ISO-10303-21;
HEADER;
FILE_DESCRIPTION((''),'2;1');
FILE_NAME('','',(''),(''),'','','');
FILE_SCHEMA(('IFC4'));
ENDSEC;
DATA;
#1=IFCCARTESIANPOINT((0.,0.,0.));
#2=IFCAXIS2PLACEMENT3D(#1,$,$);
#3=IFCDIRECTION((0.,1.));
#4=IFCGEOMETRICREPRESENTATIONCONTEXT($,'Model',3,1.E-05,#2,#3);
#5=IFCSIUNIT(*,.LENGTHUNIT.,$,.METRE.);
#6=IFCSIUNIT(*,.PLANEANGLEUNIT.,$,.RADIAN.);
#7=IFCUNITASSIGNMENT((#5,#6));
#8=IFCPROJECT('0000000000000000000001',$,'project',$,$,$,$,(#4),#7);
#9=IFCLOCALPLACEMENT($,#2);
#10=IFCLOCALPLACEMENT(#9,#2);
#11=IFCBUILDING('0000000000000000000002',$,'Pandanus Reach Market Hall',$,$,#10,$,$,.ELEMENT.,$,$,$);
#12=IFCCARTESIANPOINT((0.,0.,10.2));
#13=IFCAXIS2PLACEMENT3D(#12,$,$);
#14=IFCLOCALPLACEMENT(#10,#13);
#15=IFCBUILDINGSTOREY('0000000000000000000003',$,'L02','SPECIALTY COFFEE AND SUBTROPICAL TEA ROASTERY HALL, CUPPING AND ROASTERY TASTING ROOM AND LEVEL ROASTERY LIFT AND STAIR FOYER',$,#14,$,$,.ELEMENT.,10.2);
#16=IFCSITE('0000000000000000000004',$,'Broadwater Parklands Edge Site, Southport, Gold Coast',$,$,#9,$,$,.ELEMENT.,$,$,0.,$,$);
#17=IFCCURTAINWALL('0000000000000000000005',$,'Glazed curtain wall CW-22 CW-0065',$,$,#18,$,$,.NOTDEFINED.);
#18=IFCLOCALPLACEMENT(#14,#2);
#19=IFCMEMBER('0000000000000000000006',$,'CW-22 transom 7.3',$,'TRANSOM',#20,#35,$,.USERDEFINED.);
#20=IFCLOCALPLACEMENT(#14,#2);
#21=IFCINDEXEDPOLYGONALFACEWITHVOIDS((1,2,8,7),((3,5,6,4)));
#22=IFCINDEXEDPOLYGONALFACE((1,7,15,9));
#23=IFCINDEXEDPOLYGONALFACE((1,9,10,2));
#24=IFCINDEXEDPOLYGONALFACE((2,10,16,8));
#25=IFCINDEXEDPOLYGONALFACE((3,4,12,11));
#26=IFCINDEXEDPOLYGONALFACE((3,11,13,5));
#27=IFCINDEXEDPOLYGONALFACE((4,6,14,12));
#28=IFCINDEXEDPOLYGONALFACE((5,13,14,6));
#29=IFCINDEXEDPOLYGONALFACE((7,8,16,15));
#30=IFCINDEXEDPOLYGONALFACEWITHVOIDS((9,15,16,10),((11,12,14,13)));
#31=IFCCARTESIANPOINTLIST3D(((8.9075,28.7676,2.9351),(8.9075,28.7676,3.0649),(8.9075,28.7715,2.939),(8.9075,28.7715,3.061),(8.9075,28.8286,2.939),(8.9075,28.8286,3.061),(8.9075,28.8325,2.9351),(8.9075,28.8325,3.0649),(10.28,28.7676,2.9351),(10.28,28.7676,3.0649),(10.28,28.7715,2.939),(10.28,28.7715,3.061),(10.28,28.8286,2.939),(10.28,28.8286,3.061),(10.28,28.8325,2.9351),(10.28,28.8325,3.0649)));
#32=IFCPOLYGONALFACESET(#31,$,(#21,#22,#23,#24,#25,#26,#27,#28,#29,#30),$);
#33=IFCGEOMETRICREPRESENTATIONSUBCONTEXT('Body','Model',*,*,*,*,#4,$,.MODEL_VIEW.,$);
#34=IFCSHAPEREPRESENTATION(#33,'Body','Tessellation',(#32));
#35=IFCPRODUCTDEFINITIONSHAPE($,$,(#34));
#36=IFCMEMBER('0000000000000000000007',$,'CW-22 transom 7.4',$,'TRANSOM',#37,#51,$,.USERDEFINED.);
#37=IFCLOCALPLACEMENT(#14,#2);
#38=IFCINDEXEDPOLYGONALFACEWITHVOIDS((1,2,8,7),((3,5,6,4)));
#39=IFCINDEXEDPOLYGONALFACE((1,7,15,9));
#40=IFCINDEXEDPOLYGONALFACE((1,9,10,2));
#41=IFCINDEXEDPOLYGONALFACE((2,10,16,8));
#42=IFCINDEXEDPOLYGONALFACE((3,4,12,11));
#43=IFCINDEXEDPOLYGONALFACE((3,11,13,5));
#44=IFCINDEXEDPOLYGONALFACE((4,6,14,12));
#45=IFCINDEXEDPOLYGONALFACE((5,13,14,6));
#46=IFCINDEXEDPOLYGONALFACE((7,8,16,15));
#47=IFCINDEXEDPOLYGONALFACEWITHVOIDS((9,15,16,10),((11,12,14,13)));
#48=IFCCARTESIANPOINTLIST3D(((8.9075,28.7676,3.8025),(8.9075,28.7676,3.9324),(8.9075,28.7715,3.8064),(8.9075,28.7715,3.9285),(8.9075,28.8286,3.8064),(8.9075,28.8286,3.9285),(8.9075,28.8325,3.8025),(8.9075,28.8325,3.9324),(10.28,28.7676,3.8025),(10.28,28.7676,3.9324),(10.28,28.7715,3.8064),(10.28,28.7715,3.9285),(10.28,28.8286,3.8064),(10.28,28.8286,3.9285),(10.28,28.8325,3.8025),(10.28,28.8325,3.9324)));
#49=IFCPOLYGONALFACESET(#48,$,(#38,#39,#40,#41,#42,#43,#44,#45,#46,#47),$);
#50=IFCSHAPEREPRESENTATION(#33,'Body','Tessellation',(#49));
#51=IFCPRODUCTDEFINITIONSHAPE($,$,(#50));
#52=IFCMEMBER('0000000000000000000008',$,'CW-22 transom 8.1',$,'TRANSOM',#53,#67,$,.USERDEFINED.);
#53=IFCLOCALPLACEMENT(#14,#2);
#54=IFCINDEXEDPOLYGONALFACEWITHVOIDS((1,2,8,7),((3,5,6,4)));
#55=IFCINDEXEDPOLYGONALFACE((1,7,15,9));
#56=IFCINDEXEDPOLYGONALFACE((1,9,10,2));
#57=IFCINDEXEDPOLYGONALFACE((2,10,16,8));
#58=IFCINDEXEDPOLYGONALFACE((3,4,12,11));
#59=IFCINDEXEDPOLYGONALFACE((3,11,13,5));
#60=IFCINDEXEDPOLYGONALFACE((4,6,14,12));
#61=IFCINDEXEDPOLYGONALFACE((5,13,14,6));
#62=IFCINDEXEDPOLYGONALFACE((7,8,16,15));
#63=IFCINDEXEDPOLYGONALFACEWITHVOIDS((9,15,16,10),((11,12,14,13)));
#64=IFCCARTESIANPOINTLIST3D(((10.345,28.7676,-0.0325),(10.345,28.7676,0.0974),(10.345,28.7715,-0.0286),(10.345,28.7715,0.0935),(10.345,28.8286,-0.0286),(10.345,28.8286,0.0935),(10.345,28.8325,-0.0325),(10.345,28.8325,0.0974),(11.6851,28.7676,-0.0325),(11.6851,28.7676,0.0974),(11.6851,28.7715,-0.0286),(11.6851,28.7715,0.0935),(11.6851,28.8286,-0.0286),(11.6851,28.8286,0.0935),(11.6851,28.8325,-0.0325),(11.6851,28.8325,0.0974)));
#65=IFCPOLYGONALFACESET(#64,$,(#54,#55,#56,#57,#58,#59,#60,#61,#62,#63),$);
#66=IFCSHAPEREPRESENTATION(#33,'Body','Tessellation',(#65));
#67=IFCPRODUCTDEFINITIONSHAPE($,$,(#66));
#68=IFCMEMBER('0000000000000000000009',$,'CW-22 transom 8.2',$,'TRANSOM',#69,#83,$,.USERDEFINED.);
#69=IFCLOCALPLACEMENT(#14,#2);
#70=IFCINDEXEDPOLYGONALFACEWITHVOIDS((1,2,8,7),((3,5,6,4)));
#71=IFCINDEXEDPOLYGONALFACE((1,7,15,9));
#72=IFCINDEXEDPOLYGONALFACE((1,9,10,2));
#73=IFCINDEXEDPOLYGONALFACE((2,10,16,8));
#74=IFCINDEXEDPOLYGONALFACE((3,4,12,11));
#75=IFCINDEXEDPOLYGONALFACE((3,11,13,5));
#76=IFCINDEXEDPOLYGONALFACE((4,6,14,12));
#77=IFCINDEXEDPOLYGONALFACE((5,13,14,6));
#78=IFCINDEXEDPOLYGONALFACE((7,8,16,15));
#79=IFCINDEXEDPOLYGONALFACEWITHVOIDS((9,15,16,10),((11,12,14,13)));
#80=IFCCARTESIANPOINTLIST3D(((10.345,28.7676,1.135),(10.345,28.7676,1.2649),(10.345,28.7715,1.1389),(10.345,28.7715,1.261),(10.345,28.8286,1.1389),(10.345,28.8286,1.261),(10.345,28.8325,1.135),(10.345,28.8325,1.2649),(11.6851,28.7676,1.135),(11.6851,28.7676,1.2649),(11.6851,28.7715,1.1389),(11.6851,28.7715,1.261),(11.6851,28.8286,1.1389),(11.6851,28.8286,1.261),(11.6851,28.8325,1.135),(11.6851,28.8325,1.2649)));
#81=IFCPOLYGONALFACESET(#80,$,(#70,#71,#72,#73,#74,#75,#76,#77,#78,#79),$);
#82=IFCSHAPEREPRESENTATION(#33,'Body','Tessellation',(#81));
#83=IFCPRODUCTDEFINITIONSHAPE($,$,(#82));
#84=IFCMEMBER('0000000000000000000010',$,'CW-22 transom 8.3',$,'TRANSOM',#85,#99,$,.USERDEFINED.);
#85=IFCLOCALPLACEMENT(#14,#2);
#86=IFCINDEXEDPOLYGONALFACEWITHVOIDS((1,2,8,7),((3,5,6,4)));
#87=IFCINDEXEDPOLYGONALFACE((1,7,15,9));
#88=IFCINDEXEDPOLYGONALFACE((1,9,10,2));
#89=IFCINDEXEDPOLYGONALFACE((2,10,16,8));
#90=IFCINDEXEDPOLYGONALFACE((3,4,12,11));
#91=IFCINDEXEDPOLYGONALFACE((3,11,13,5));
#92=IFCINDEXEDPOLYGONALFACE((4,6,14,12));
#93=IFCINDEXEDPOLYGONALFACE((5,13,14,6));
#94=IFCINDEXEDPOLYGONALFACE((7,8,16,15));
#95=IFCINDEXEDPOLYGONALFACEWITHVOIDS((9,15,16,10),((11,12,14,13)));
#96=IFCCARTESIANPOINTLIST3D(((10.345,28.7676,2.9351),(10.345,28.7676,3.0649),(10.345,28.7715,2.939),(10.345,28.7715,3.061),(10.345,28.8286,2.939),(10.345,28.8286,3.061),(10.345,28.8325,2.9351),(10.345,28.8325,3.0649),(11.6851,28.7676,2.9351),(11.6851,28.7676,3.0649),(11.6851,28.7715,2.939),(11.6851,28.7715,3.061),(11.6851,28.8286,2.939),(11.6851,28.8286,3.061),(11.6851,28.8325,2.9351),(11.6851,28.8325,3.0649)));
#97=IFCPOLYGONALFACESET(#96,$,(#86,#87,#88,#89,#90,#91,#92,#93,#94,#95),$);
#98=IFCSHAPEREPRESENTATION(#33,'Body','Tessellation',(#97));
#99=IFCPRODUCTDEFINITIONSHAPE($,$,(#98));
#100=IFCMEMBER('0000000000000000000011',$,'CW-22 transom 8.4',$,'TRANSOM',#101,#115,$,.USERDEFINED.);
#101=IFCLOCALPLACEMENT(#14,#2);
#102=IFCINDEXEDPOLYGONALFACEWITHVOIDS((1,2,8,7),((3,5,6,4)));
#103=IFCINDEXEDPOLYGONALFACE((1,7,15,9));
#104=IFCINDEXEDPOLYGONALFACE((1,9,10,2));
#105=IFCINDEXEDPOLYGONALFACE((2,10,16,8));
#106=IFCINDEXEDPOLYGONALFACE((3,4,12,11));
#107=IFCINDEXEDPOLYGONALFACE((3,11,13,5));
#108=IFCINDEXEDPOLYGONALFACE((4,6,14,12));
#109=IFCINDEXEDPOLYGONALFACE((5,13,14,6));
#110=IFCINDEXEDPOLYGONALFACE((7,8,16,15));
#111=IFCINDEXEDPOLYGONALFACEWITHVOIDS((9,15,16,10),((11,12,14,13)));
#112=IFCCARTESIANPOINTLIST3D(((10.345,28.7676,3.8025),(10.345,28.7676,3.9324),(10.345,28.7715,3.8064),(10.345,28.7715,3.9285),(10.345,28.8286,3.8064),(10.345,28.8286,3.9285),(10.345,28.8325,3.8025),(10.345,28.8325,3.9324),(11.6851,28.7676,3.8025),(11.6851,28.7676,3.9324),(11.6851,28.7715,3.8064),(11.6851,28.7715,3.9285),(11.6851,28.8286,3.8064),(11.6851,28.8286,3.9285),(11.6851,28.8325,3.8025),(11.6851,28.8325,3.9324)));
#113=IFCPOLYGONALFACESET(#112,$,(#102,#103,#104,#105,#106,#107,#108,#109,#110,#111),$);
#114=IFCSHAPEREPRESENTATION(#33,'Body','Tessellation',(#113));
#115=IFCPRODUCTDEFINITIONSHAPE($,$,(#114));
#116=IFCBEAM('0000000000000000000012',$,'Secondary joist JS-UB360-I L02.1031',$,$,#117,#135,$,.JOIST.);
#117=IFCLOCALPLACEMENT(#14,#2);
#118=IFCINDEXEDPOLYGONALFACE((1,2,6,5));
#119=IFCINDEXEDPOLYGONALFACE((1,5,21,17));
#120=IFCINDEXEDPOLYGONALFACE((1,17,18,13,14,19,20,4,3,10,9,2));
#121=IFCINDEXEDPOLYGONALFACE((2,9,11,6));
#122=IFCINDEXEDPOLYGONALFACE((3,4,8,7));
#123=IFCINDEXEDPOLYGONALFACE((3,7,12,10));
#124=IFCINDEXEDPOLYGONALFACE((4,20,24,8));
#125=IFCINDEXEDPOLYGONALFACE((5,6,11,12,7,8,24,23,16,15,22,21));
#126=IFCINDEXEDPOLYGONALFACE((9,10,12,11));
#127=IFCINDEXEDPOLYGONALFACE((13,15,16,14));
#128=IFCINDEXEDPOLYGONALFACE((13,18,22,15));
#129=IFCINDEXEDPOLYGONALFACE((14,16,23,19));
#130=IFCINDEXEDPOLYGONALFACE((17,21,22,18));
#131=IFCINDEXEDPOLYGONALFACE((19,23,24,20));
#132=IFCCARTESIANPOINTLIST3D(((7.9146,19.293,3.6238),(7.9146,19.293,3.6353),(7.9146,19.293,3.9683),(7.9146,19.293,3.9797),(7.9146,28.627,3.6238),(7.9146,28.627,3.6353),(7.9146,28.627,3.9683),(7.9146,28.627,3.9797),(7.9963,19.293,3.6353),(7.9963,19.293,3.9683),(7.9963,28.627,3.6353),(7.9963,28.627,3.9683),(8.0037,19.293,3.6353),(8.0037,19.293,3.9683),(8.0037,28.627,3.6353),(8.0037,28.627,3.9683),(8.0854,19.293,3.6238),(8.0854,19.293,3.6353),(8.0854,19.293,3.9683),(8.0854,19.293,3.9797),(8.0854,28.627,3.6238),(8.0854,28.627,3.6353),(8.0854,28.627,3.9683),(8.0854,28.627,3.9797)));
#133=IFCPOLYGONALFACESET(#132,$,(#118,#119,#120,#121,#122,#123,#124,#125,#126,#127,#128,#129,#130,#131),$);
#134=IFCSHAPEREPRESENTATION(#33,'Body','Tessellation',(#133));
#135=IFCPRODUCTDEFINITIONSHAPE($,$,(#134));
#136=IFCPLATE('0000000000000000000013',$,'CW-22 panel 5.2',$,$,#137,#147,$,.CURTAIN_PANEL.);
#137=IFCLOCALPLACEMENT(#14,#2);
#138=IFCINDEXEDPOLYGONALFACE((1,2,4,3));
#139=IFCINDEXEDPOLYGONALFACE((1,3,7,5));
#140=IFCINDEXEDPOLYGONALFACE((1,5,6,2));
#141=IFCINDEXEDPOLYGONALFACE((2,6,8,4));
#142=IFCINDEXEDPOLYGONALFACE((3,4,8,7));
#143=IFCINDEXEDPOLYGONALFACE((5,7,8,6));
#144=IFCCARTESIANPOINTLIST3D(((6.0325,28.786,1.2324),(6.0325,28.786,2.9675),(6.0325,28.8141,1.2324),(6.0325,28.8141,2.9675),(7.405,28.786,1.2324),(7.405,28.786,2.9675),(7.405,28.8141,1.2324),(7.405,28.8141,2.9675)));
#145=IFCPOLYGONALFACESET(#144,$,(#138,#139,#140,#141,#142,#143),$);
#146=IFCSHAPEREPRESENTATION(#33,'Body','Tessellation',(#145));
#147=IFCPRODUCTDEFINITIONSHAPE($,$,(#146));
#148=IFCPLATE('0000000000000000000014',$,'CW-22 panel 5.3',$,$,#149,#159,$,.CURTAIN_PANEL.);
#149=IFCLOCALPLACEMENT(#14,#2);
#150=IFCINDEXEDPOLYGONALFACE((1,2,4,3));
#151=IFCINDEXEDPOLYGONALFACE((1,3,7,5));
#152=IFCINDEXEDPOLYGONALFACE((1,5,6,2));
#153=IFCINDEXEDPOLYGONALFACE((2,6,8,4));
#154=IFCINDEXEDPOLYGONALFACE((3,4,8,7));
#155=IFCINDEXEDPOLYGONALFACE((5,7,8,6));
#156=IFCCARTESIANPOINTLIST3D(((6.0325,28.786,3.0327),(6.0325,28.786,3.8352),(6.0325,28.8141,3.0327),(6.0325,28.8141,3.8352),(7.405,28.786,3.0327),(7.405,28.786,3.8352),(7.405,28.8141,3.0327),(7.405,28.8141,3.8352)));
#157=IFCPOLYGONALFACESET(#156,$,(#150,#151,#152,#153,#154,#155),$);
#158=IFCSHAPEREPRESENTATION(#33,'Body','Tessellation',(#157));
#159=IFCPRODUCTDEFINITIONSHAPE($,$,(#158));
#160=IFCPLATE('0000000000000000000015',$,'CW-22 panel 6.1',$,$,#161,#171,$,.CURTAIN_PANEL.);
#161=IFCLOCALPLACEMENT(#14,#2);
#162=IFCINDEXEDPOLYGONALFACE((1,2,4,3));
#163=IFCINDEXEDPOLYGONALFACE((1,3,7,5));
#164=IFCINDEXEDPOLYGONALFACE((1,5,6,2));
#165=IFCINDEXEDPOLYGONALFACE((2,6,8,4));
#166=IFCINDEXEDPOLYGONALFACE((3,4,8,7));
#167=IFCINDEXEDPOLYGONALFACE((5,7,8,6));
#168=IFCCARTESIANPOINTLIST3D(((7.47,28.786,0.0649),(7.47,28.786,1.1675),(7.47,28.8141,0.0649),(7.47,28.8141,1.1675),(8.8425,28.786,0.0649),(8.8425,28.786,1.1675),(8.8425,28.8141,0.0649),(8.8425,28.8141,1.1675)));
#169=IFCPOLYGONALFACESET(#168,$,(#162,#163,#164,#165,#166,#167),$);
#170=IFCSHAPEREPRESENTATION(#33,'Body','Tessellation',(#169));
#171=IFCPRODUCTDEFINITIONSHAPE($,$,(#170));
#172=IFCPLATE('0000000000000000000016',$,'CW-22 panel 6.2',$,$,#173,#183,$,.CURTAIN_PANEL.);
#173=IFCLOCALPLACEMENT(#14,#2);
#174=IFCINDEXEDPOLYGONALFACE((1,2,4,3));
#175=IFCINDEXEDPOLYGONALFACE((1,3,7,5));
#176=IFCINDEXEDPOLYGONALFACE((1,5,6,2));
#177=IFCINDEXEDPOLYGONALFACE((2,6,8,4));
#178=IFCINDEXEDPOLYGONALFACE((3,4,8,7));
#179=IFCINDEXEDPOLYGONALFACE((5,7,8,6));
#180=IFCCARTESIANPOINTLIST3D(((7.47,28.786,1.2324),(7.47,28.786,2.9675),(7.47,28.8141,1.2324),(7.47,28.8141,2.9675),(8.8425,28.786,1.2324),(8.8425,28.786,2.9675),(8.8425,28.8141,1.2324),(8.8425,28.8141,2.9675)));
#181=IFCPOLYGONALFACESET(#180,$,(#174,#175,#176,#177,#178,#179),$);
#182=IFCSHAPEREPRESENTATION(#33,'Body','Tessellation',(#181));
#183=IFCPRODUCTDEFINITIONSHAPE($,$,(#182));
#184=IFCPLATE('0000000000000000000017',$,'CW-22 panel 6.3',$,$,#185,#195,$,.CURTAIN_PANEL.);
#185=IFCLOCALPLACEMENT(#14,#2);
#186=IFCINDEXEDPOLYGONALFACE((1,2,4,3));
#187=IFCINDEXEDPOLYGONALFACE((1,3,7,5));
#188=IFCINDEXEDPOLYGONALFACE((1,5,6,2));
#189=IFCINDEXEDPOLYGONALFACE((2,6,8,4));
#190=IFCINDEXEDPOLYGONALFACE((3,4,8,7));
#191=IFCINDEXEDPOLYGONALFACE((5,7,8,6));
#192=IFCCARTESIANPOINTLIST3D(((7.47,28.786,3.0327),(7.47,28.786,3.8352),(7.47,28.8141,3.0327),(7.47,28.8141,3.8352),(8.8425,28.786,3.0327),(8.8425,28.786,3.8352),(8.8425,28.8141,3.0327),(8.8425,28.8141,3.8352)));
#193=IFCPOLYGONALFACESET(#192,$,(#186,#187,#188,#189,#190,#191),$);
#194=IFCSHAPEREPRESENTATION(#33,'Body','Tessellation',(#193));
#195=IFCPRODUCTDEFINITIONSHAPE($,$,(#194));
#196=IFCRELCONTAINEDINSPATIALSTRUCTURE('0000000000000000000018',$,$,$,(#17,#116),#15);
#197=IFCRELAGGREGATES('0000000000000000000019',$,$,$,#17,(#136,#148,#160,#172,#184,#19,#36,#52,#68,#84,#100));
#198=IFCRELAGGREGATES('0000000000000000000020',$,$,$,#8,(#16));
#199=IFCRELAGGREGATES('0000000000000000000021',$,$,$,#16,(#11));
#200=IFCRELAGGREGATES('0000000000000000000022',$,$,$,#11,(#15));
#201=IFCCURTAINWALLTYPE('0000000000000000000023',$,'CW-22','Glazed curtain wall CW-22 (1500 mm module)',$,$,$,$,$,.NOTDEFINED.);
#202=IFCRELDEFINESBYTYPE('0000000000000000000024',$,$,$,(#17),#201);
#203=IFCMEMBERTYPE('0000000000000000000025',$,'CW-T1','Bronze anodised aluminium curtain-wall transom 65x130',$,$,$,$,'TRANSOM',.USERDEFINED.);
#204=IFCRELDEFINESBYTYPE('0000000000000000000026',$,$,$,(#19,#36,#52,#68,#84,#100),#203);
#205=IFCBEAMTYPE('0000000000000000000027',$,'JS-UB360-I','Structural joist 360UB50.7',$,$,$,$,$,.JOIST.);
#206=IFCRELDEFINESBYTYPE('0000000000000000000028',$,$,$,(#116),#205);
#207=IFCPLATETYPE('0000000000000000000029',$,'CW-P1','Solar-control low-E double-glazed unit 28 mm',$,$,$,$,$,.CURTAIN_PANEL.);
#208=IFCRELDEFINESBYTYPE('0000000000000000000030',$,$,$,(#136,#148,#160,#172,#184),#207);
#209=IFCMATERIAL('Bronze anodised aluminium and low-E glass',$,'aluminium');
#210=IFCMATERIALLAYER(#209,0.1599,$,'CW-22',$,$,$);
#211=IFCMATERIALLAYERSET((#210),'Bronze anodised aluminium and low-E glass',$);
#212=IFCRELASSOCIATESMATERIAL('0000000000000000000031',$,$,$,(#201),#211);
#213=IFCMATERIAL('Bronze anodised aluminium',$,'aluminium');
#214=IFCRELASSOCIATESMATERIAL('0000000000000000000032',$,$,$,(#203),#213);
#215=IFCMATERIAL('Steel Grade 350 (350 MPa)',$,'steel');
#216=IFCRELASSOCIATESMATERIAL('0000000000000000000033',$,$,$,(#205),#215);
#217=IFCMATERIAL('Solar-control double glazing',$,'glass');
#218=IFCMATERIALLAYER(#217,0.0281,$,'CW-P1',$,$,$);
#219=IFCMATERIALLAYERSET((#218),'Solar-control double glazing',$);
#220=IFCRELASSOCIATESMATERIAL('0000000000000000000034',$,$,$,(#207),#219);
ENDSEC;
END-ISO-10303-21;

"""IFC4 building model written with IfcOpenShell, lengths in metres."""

from ifc_helpers import new_model, si_unit, direction, frame, origin, origin_2d, place, context, subcontext, project, spatial, rectangle, hollow_rectangle, i_section, extrude, material, layer, layer_set, material_profile, profile_set, type_object, element, aggregate, save


model = new_model("IFC4")

# Units and contexts
model_context = context("Model", 3, precision=1e-05, world=origin(), true_north=direction((0.0, 1.0)))
body_context = subcontext(model_context, "Body", "Model", "MODEL_VIEW")
ifc_project = project(units=[si_unit("LENGTHUNIT", "METRE"), si_unit("PLANEANGLEUNIT", "RADIAN")], contexts=[model_context])

# Site, building, storey
site_placement = place(None, origin())
site = spatial("IfcSite", under=ifc_project, at=site_placement, Name="Broadwater Parklands Edge Site, Southport, Gold Coast", CompositionType="ELEMENT", RefElevation=0.0)
building_placement = place(site_placement, origin())
building = spatial("IfcBuilding", under=site, at=building_placement, Name="Pandanus Reach Market Hall", CompositionType="ELEMENT")
storey_placement = place(building_placement, frame((0.0, 0.0, 10.2)))
storey = spatial("IfcBuildingStorey", under=building, at=storey_placement, Name="L02", Description="SPECIALTY COFFEE AND SUBTROPICAL TEA ROASTERY HALL, CUPPING AND ROASTERY TASTING ROOM AND LEVEL ROASTERY LIFT AND STAIR FOYER", CompositionType="ELEMENT", Elevation=10.2)

# Shared definitions
ifc_material_1 = material(Name="Steel Grade 350 (350 MPa)", Category="steel")

# Curtain wall, members
ifc_material_2 = material(Name="Bronze anodised aluminium and low-E glass", Category="aluminium")
ifc_layer_1 = layer(ifc_material_2, 0.1599, Name="CW-22")
ifc_layer_set_1 = layer_set([ifc_layer_1], Name="Bronze anodised aluminium and low-E glass")
curtain_wall_type = type_object("IfcCurtainWallType", Name="CW-22", Description="Glazed curtain wall CW-22 (1500 mm module)", PredefinedType="NOTDEFINED", material=ifc_layer_set_1)
curtain_wall_placement = place(storey_placement, origin())
curtain_wall = element("IfcCurtainWall", 1, at=curtain_wall_placement, inside=storey, type_object=curtain_wall_type, Name="Glazed curtain wall CW-22 CW-0065", PredefinedType="NOTDEFINED")
ifc_material_3 = material(Name="Bronze anodised aluminium", Category="aluminium")
ifc_material_profile_1 = material_profile(ifc_material_3, hollow_rectangle(XDim=0.0649, YDim=0.1299, WallThickness=0.0039, at=origin_2d()), Name="ALU65x130", Category="LoadBearing")
ifc_profile_set_1 = profile_set([ifc_material_profile_1], Name="Bronze anodised aluminium")
member_type_1 = type_object("IfcMemberType", Name="CW-T1", Description="Bronze anodised aluminium curtain-wall transom 65x130", ElementType="TRANSOM", PredefinedType="USERDEFINED", material=ifc_profile_set_1)
member_1_placement = place(storey_placement, frame((8.9075, 28.8, 3.0), z_axis=(1.0, 0.0, 0.0), x_axis=(0.0, 1.0, 0.0)))
member_1 = element("IfcMember", 2, at=member_1_placement, type_object=member_type_1, Name="CW-22 transom 7.3", ObjectType="TRANSOM", PredefinedType="USERDEFINED", context=body_context, shape_type="SweptSolid", body=[
    extrude(hollow_rectangle(XDim=0.0649, YDim=0.1299, WallThickness=0.0039, at=origin_2d()), origin(), (0.0, 0.0, 1.0), 1.3726),
])
member_2_placement = place(storey_placement, frame((8.9075, 28.8, 3.8674), z_axis=(1.0, 0.0, 0.0), x_axis=(0.0, 1.0, 0.0)))
member_2 = element("IfcMember", 3, at=member_2_placement, type_object=member_type_1, Name="CW-22 transom 7.4", ObjectType="TRANSOM", PredefinedType="USERDEFINED", context=body_context, shape_type="SweptSolid", body=[
    extrude(hollow_rectangle(XDim=0.0649, YDim=0.1299, WallThickness=0.0039, at=origin_2d()), origin(), (0.0, 0.0, 1.0), 1.3726),
])
member_3_placement = place(storey_placement, frame((10.345, 28.8, 0.0325), z_axis=(1.0, 0.0, 0.0), x_axis=(0.0, 1.0, 0.0)))
member_3 = element("IfcMember", 4, at=member_3_placement, type_object=member_type_1, Name="CW-22 transom 8.1", ObjectType="TRANSOM", PredefinedType="USERDEFINED", context=body_context, shape_type="SweptSolid", body=[
    extrude(hollow_rectangle(XDim=0.0649, YDim=0.1299, WallThickness=0.0039, at=origin_2d()), origin(), (0.0, 0.0, 1.0), 1.3401),
])
member_4_placement = place(storey_placement, frame((10.345, 28.8, 1.2), z_axis=(1.0, 0.0, 0.0), x_axis=(0.0, 1.0, 0.0)))
member_4 = element("IfcMember", 5, at=member_4_placement, type_object=member_type_1, Name="CW-22 transom 8.2", ObjectType="TRANSOM", PredefinedType="USERDEFINED", context=body_context, shape_type="SweptSolid", body=[
    extrude(hollow_rectangle(XDim=0.0649, YDim=0.1299, WallThickness=0.0039, at=origin_2d()), origin(), (0.0, 0.0, 1.0), 1.3401),
])
member_5_placement = place(storey_placement, frame((10.345, 28.8, 3.0), z_axis=(1.0, 0.0, 0.0), x_axis=(0.0, 1.0, 0.0)))
member_5 = element("IfcMember", 6, at=member_5_placement, type_object=member_type_1, Name="CW-22 transom 8.3", ObjectType="TRANSOM", PredefinedType="USERDEFINED", context=body_context, shape_type="SweptSolid", body=[
    extrude(hollow_rectangle(XDim=0.0649, YDim=0.1299, WallThickness=0.0039, at=origin_2d()), origin(), (0.0, 0.0, 1.0), 1.3401),
])
member_6_placement = place(storey_placement, frame((10.345, 28.8, 3.8674), z_axis=(1.0, 0.0, 0.0), x_axis=(0.0, 1.0, 0.0)))
member_6 = element("IfcMember", 7, at=member_6_placement, type_object=member_type_1, Name="CW-22 transom 8.4", ObjectType="TRANSOM", PredefinedType="USERDEFINED", context=body_context, shape_type="SweptSolid", body=[
    extrude(hollow_rectangle(XDim=0.0649, YDim=0.1299, WallThickness=0.0039, at=origin_2d()), origin(), (0.0, 0.0, 1.0), 1.3401),
])

# Beam
ifc_material_profile_2 = material_profile(ifc_material_1, i_section(OverallWidth=0.1709, OverallDepth=0.356, WebThickness=0.0073, FlangeThickness=0.0115, at=origin_2d()), Name="360UB50.7", Category="LoadBearing")
ifc_profile_set_2 = profile_set([ifc_material_profile_2], Name="Steel Grade 350 (350 MPa)")
beam_type_1 = type_object("IfcBeamType", Name="JS-UB360-I", Description="Structural joist 360UB50.7", PredefinedType="JOIST", material=ifc_profile_set_2)
beam_1_placement = place(storey_placement, frame((8.0, 19.293, 3.8018), z_axis=(0.0, 1.0, 0.0), x_axis=(-1.0, 0.0, 0.0)))
element("IfcBeam", 8, at=beam_1_placement, inside=storey, type_object=beam_type_1, Name="Secondary joist JS-UB360-I L02.1031", PredefinedType="JOIST", context=body_context, shape_type="SweptSolid", body=[
    extrude(i_section(OverallWidth=0.1709, OverallDepth=0.356, WebThickness=0.0073, FlangeThickness=0.0115, at=origin_2d()), origin(), (0.0, 0.0, 1.0), 9.334),
])

# Plates
ifc_material_4 = material(Name="Solar-control double glazing", Category="glass")
ifc_layer_2 = layer(ifc_material_4, 0.0281, Name="CW-P1")
ifc_layer_set_2 = layer_set([ifc_layer_2], Name="Solar-control double glazing")
plate_type = type_object("IfcPlateType", Name="CW-P1", Description="Solar-control low-E double-glazed unit 28 mm", PredefinedType="CURTAIN_PANEL", material=ifc_layer_set_2)
plate_1_placement = place(storey_placement, frame((6.7188, 28.8, 1.2324), z_axis=(0.0, 0.0, 1.0), x_axis=(1.0, 0.0, 0.0)))
plate_1 = element("IfcPlate", 9, at=plate_1_placement, type_object=plate_type, Name="CW-22 panel 5.2", PredefinedType="CURTAIN_PANEL", context=body_context, shape_type="SweptSolid", body=[
    extrude(rectangle(XDim=1.3726, YDim=0.0281, at=origin_2d()), origin(), (0.0, 0.0, 1.0), 1.7351),
])
plate_2_placement = place(storey_placement, frame((6.7188, 28.8, 3.0327), z_axis=(0.0, 0.0, 1.0), x_axis=(1.0, 0.0, 0.0)))
plate_2 = element("IfcPlate", 10, at=plate_2_placement, type_object=plate_type, Name="CW-22 panel 5.3", PredefinedType="CURTAIN_PANEL", context=body_context, shape_type="SweptSolid", body=[
    extrude(rectangle(XDim=1.3726, YDim=0.0281, at=origin_2d()), origin(), (0.0, 0.0, 1.0), 0.8025),
])
plate_3_placement = place(storey_placement, frame((8.1562, 28.8, 0.0649), z_axis=(0.0, 0.0, 1.0), x_axis=(1.0, 0.0, 0.0)))
plate_3 = element("IfcPlate", 11, at=plate_3_placement, type_object=plate_type, Name="CW-22 panel 6.1", PredefinedType="CURTAIN_PANEL", context=body_context, shape_type="SweptSolid", body=[
    extrude(rectangle(XDim=1.3726, YDim=0.0281, at=origin_2d()), origin(), (0.0, 0.0, 1.0), 1.1025),
])
plate_4_placement = place(storey_placement, frame((8.1562, 28.8, 1.2324), z_axis=(0.0, 0.0, 1.0), x_axis=(1.0, 0.0, 0.0)))
plate_4 = element("IfcPlate", 12, at=plate_4_placement, type_object=plate_type, Name="CW-22 panel 6.2", PredefinedType="CURTAIN_PANEL", context=body_context, shape_type="SweptSolid", body=[
    extrude(rectangle(XDim=1.3726, YDim=0.0281, at=origin_2d()), origin(), (0.0, 0.0, 1.0), 1.7351),
])
plate_5_placement = place(storey_placement, frame((8.1562, 28.8, 3.0327), z_axis=(0.0, 0.0, 1.0), x_axis=(1.0, 0.0, 0.0)))
plate_5 = element("IfcPlate", 13, at=plate_5_placement, type_object=plate_type, Name="CW-22 panel 6.3", PredefinedType="CURTAIN_PANEL", context=body_context, shape_type="SweptSolid", body=[
    extrude(rectangle(XDim=1.3726, YDim=0.0281, at=origin_2d()), origin(), (0.0, 0.0, 1.0), 0.8025),
])
aggregate(curtain_wall, [plate_1, plate_2, plate_3, plate_4, plate_5, member_1, member_2, member_3, member_4, member_5, member_6])

save(model, "model.ifc")
